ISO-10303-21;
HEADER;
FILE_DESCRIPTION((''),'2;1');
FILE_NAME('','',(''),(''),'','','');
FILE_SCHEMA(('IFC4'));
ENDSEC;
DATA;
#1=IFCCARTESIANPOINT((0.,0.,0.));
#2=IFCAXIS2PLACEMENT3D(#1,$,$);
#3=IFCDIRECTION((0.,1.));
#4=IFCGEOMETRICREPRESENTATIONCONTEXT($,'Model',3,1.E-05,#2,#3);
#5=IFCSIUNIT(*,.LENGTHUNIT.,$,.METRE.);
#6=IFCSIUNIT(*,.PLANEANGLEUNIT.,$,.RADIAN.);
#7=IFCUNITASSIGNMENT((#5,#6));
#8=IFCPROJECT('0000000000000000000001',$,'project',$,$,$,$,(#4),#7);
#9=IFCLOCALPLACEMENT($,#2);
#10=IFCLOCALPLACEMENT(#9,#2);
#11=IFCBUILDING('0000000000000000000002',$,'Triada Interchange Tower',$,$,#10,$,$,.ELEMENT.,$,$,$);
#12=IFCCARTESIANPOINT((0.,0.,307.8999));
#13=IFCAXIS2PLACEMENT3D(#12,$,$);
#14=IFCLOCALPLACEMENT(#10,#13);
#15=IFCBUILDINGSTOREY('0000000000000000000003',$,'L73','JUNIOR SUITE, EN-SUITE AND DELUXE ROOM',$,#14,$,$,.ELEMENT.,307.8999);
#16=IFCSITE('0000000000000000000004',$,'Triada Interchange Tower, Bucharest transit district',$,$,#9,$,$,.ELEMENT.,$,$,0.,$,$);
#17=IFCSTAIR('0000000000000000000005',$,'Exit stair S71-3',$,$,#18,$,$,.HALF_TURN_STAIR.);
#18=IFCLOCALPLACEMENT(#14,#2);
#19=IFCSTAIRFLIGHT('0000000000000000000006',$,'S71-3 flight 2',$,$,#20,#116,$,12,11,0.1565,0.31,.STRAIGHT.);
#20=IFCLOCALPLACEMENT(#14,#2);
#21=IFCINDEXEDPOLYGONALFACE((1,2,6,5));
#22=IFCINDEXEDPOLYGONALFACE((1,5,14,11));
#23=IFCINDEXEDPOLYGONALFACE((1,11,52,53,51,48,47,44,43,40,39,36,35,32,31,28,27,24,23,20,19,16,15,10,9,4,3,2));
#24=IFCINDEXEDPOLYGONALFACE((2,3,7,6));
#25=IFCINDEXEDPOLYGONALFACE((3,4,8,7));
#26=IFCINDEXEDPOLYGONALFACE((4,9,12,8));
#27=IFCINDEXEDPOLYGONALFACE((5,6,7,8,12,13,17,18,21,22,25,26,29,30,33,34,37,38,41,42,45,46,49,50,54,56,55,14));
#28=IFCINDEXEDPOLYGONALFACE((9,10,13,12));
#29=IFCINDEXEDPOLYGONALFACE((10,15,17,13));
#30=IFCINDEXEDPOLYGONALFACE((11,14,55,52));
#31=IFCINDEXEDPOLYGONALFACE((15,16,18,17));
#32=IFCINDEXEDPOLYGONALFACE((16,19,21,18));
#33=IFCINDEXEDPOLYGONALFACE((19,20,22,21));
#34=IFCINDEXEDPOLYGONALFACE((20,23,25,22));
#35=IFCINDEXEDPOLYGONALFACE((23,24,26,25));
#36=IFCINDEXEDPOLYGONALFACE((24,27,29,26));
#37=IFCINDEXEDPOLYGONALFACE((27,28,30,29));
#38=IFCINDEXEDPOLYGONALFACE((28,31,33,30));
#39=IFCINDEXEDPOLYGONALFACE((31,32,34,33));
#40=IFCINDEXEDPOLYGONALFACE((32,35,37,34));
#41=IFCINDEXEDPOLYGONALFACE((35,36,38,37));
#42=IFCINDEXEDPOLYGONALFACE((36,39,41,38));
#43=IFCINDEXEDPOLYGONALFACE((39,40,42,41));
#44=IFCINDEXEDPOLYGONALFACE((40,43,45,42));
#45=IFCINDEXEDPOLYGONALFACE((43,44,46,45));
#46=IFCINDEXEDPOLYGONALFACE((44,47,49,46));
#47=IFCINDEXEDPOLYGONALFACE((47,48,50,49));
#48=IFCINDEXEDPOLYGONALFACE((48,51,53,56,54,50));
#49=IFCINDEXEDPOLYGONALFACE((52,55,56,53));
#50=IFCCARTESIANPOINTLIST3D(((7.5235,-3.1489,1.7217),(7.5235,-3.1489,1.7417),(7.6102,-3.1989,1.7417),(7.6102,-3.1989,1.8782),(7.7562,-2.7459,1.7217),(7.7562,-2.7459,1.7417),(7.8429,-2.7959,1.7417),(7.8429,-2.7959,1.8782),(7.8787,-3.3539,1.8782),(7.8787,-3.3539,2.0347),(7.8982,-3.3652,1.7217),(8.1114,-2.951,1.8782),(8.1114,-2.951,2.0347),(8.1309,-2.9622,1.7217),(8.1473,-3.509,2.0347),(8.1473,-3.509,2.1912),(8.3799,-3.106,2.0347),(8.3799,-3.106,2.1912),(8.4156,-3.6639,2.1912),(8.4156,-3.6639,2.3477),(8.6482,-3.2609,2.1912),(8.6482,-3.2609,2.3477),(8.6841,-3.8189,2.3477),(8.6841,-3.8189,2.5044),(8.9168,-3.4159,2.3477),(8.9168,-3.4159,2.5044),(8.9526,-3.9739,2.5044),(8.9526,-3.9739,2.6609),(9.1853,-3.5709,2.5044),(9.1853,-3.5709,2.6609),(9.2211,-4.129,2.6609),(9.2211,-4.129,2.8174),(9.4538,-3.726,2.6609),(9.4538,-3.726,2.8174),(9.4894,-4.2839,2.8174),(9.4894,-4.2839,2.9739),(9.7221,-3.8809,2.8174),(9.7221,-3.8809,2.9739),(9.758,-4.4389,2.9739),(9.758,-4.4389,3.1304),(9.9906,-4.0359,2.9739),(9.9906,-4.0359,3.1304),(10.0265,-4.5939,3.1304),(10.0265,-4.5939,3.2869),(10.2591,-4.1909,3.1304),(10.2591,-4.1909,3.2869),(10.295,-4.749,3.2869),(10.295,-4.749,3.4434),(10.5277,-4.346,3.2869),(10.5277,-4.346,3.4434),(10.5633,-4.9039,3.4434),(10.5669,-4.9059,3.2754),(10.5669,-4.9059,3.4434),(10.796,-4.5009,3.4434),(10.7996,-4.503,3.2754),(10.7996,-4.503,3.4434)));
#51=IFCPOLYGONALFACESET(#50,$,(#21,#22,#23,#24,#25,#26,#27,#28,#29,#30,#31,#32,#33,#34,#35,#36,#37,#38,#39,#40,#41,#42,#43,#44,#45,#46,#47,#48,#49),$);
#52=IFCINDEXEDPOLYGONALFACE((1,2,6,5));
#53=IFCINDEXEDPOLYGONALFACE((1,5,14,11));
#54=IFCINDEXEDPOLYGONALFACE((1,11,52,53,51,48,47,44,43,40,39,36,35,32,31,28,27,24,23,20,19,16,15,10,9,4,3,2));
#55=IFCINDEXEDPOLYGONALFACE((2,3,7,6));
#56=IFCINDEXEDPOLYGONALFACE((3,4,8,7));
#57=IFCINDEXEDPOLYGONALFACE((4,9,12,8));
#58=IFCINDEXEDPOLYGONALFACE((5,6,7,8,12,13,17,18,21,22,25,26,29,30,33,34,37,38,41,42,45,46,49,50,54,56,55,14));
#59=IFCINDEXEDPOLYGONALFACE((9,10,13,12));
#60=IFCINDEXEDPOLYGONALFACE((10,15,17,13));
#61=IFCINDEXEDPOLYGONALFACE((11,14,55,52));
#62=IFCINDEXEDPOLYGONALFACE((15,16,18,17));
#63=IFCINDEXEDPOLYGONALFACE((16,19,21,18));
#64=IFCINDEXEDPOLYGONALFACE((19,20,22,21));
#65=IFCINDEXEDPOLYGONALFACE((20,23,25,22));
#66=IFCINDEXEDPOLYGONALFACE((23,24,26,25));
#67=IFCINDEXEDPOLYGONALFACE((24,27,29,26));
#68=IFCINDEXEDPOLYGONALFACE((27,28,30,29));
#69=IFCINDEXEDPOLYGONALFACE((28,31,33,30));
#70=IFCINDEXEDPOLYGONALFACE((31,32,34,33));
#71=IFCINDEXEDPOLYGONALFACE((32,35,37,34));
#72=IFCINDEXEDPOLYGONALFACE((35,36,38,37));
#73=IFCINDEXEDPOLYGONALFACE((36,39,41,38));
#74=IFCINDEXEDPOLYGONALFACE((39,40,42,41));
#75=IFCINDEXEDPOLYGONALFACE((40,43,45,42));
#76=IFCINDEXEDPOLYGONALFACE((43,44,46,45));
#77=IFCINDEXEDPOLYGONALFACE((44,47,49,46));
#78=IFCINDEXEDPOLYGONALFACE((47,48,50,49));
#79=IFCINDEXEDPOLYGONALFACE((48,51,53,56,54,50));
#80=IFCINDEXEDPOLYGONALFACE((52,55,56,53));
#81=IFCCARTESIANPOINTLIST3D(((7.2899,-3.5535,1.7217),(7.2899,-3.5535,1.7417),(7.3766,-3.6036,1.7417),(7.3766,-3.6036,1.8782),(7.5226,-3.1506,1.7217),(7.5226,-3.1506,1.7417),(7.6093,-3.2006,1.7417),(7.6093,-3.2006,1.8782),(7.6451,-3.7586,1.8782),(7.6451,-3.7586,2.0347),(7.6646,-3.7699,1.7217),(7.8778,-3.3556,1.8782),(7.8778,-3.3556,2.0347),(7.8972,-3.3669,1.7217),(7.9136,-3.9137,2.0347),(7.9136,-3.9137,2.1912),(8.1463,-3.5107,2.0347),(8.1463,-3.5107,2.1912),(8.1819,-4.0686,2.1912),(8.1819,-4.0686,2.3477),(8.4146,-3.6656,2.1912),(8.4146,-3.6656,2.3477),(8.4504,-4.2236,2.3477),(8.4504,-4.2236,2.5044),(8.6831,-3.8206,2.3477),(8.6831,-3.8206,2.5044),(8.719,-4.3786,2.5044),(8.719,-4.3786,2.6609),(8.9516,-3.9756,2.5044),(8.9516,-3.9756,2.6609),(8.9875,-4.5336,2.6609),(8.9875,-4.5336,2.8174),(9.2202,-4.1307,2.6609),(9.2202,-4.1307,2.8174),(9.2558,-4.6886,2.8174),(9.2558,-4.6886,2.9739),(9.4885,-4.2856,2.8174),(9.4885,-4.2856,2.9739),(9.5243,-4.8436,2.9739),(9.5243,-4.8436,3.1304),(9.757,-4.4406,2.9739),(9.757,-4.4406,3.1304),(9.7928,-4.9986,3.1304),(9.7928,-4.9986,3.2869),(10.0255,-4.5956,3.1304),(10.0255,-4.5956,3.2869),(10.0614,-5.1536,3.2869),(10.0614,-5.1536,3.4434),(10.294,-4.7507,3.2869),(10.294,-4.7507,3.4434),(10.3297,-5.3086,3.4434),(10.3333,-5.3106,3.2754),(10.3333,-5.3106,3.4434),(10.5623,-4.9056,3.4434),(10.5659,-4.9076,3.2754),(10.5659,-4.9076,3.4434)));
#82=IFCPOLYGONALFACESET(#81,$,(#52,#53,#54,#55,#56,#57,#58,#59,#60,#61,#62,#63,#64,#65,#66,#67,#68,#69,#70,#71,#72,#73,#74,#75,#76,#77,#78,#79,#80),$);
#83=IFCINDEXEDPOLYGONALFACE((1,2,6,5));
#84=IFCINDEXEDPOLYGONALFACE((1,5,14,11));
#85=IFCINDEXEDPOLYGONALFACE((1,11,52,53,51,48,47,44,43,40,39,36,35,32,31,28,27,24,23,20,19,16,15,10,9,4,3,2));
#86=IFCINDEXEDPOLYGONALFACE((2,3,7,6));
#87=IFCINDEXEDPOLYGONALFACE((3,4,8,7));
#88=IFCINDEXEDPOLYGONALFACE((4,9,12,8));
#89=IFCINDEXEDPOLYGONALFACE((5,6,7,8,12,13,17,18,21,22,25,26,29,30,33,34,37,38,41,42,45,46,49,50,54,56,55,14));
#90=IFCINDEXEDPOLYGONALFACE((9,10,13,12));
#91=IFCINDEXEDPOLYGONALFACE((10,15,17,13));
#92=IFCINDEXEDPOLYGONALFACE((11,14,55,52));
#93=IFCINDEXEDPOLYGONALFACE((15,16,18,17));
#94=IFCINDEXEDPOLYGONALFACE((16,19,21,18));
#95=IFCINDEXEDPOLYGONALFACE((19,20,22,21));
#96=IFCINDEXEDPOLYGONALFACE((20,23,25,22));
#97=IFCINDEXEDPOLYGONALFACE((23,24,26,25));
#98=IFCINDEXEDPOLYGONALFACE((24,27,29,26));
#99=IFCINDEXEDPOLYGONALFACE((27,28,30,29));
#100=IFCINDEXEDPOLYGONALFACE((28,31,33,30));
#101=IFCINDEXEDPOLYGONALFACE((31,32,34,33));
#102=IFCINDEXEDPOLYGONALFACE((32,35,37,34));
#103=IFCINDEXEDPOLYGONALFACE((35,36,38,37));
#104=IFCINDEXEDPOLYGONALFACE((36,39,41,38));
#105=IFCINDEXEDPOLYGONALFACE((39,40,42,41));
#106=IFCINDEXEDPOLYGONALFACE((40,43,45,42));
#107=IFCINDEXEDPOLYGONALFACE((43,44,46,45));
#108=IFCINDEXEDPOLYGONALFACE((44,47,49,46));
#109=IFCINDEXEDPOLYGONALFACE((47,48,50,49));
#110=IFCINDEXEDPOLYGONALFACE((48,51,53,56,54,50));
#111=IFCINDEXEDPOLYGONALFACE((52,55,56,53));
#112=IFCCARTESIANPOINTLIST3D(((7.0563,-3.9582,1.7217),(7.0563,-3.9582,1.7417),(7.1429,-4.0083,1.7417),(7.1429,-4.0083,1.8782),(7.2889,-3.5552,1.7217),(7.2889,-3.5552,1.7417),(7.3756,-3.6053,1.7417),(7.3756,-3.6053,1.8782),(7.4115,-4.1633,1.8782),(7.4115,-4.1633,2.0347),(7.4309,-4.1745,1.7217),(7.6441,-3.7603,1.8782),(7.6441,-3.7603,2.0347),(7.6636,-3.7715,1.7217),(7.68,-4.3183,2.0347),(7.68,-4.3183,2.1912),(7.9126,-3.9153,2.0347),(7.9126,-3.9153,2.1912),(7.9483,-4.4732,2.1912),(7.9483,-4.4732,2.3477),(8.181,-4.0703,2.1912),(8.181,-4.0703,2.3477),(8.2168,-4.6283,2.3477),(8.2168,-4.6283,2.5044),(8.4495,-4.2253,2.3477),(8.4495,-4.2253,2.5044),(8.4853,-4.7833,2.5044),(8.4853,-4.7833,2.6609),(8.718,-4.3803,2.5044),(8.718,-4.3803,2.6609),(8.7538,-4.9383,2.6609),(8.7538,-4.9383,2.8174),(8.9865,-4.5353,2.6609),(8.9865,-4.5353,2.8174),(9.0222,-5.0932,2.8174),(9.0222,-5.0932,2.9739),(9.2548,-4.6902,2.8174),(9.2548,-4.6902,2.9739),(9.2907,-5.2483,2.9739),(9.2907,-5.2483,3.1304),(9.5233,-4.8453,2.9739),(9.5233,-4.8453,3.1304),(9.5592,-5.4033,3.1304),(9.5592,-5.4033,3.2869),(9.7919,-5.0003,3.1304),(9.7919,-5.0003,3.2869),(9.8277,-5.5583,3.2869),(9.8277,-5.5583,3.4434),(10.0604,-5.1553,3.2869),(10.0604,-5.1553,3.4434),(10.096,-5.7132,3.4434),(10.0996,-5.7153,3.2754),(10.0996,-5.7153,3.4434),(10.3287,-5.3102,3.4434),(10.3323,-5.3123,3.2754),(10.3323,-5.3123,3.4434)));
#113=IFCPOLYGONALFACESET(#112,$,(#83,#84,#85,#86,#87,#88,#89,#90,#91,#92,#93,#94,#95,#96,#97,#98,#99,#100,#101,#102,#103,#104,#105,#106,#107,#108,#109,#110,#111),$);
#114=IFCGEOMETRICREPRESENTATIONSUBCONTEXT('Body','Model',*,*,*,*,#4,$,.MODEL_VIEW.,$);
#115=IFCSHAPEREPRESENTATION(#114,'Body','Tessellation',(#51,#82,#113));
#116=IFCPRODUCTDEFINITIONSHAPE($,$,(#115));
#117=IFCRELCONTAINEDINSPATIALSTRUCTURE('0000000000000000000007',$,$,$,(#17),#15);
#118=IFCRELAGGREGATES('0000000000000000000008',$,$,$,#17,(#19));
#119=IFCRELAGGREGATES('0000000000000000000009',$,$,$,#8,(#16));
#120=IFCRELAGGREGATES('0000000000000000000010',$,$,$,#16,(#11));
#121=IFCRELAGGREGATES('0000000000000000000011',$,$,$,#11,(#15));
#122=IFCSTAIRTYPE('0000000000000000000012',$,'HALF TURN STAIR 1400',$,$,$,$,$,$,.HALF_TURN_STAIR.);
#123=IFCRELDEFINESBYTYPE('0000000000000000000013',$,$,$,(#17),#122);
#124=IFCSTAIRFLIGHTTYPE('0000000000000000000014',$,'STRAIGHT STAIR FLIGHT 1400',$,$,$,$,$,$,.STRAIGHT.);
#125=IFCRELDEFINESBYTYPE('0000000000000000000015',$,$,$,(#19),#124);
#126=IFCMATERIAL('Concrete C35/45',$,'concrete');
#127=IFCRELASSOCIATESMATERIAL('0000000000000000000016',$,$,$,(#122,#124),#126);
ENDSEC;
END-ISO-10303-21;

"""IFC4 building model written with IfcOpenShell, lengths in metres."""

from ifc_helpers import new_model, si_unit, direction, frame, origin, place, context, subcontext, project, spatial, polyline, outline, extrude, material, type_object, element, aggregate, save


model = new_model("IFC4")

# Units and contexts
model_context = context("Model", 3, precision=1e-05, world=origin(), true_north=direction((0.0, 1.0)))
body_context = subcontext(model_context, "Body", "Model", "MODEL_VIEW")
ifc_project = project(units=[si_unit("LENGTHUNIT", "METRE"), si_unit("PLANEANGLEUNIT", "RADIAN")], contexts=[model_context])

# Site, building, storey
site_placement = place(None, origin())
site = spatial("IfcSite", under=ifc_project, at=site_placement, Name="Triada Interchange Tower, Bucharest transit district", CompositionType="ELEMENT", RefElevation=0.0)
building_placement = place(site_placement, origin())
building = spatial("IfcBuilding", under=site, at=building_placement, Name="Triada Interchange Tower", CompositionType="ELEMENT")
storey_placement = place(building_placement, frame((0.0, 0.0, 307.8999)))
storey = spatial("IfcBuildingStorey", under=building, at=storey_placement, Name="L73", Description="JUNIOR SUITE, EN-SUITE AND DELUXE ROOM", CompositionType="ELEMENT", Elevation=307.8999)

# Stair, stair flight
ifc_material_1 = material(Name="Concrete C35/45", Category="concrete")
stair_type = type_object("IfcStairType", Name="HALF TURN STAIR 1400", PredefinedType="HALF_TURN_STAIR", material=ifc_material_1)
stair_placement = place(storey_placement, origin())
stair = element("IfcStair", 1, at=stair_placement, inside=storey, type_object=stair_type, Name="Exit stair S71-3", PredefinedType="HALF_TURN_STAIR")
stair_flight_type = type_object("IfcStairFlightType", Name="STRAIGHT STAIR FLIGHT 1400", PredefinedType="STRAIGHT", material=ifc_material_1)
stair_flight_1_placement = place(storey_placement, frame((7.4929, -3.4021, 1.7217), z_axis=(0.0, 0.0, 1.0), x_axis=(0.866025, -0.5, 0.0)))
stair_flight_1 = element("IfcStairFlight", 2, at=stair_flight_1_placement, type_object=stair_flight_type, Name="S71-3 flight 2", NumberOfRisers=12, NumberOfTreads=11, PredefinedType="STRAIGHT", RiserHeight=0.1565, TreadLength=0.31, context=body_context, shape_type="SweptSolid", body=[
    extrude(outline(polyline([(-0.1001, 0.0), (-0.1001, 0.02), (0.0, 0.02), (0.0, 0.1565), (0.3101, 0.1565), (0.3101, 0.313), (0.6201, 0.313), (0.6201, 0.4695), (0.9299, 0.4695), (0.9299, 0.626), (1.24, 0.626), (1.24, 0.7827), (1.55, 0.7827), (1.55, 0.9392), (1.8601, 0.9392), (1.8601, 1.0957), (2.1699, 1.0957), (2.1699, 1.2522), (2.48, 1.2522), (2.48, 1.4087), (2.79, 1.4087), (2.79, 1.5652), (3.1001, 1.5652), (3.1001, 1.7217), (3.4099, 1.7217), (3.4141, 1.7217), (3.4141, 1.8782), (3.4141, 1.5537), (0.3325, 0.0), (-0.1001, 0.0)])), frame((0.0, 0.7, 0.0), z_axis=(0.0, -1.0, 0.0), x_axis=(1.0, 0.0, 0.0)), (0.0, 0.0, 1.0), 0.4653),
    extrude(outline(polyline([(-0.1001, 0.0), (-0.1001, 0.02), (0.0, 0.02), (0.0, 0.1565), (0.3101, 0.1565), (0.3101, 0.313), (0.6201, 0.313), (0.6201, 0.4695), (0.9299, 0.4695), (0.9299, 0.626), (1.24, 0.626), (1.24, 0.7827), (1.55, 0.7827), (1.55, 0.9392), (1.8601, 0.9392), (1.8601, 1.0957), (2.1699, 1.0957), (2.1699, 1.2522), (2.48, 1.2522), (2.48, 1.4087), (2.79, 1.4087), (2.79, 1.5652), (3.1001, 1.5652), (3.1001, 1.7217), (3.4099, 1.7217), (3.4141, 1.7217), (3.4141, 1.8782), (3.4141, 1.5537), (0.3325, 0.0), (-0.1001, 0.0)])), frame((0.0, 0.2327, 0.0), z_axis=(0.0, -1.0, 0.0), x_axis=(1.0, 0.0, 0.0)), (0.0, 0.0, 1.0), 0.4653),
    extrude(outline(polyline([(-0.1001, 0.0), (-0.1001, 0.02), (0.0, 0.02), (0.0, 0.1565), (0.3101, 0.1565), (0.3101, 0.313), (0.6201, 0.313), (0.6201, 0.4695), (0.9299, 0.4695), (0.9299, 0.626), (1.24, 0.626), (1.24, 0.7827), (1.55, 0.7827), (1.55, 0.9392), (1.8601, 0.9392), (1.8601, 1.0957), (2.1699, 1.0957), (2.1699, 1.2522), (2.48, 1.2522), (2.48, 1.4087), (2.79, 1.4087), (2.79, 1.5652), (3.1001, 1.5652), (3.1001, 1.7217), (3.4099, 1.7217), (3.4141, 1.7217), (3.4141, 1.8782), (3.4141, 1.5537), (0.3325, 0.0), (-0.1001, 0.0)])), frame((0.0, -0.2346, 0.0), z_axis=(0.0, -1.0, 0.0), x_axis=(1.0, 0.0, 0.0)), (0.0, 0.0, 1.0), 0.4653),
])
aggregate(stair, [stair_flight_1])

save(model, "model.ifc")
